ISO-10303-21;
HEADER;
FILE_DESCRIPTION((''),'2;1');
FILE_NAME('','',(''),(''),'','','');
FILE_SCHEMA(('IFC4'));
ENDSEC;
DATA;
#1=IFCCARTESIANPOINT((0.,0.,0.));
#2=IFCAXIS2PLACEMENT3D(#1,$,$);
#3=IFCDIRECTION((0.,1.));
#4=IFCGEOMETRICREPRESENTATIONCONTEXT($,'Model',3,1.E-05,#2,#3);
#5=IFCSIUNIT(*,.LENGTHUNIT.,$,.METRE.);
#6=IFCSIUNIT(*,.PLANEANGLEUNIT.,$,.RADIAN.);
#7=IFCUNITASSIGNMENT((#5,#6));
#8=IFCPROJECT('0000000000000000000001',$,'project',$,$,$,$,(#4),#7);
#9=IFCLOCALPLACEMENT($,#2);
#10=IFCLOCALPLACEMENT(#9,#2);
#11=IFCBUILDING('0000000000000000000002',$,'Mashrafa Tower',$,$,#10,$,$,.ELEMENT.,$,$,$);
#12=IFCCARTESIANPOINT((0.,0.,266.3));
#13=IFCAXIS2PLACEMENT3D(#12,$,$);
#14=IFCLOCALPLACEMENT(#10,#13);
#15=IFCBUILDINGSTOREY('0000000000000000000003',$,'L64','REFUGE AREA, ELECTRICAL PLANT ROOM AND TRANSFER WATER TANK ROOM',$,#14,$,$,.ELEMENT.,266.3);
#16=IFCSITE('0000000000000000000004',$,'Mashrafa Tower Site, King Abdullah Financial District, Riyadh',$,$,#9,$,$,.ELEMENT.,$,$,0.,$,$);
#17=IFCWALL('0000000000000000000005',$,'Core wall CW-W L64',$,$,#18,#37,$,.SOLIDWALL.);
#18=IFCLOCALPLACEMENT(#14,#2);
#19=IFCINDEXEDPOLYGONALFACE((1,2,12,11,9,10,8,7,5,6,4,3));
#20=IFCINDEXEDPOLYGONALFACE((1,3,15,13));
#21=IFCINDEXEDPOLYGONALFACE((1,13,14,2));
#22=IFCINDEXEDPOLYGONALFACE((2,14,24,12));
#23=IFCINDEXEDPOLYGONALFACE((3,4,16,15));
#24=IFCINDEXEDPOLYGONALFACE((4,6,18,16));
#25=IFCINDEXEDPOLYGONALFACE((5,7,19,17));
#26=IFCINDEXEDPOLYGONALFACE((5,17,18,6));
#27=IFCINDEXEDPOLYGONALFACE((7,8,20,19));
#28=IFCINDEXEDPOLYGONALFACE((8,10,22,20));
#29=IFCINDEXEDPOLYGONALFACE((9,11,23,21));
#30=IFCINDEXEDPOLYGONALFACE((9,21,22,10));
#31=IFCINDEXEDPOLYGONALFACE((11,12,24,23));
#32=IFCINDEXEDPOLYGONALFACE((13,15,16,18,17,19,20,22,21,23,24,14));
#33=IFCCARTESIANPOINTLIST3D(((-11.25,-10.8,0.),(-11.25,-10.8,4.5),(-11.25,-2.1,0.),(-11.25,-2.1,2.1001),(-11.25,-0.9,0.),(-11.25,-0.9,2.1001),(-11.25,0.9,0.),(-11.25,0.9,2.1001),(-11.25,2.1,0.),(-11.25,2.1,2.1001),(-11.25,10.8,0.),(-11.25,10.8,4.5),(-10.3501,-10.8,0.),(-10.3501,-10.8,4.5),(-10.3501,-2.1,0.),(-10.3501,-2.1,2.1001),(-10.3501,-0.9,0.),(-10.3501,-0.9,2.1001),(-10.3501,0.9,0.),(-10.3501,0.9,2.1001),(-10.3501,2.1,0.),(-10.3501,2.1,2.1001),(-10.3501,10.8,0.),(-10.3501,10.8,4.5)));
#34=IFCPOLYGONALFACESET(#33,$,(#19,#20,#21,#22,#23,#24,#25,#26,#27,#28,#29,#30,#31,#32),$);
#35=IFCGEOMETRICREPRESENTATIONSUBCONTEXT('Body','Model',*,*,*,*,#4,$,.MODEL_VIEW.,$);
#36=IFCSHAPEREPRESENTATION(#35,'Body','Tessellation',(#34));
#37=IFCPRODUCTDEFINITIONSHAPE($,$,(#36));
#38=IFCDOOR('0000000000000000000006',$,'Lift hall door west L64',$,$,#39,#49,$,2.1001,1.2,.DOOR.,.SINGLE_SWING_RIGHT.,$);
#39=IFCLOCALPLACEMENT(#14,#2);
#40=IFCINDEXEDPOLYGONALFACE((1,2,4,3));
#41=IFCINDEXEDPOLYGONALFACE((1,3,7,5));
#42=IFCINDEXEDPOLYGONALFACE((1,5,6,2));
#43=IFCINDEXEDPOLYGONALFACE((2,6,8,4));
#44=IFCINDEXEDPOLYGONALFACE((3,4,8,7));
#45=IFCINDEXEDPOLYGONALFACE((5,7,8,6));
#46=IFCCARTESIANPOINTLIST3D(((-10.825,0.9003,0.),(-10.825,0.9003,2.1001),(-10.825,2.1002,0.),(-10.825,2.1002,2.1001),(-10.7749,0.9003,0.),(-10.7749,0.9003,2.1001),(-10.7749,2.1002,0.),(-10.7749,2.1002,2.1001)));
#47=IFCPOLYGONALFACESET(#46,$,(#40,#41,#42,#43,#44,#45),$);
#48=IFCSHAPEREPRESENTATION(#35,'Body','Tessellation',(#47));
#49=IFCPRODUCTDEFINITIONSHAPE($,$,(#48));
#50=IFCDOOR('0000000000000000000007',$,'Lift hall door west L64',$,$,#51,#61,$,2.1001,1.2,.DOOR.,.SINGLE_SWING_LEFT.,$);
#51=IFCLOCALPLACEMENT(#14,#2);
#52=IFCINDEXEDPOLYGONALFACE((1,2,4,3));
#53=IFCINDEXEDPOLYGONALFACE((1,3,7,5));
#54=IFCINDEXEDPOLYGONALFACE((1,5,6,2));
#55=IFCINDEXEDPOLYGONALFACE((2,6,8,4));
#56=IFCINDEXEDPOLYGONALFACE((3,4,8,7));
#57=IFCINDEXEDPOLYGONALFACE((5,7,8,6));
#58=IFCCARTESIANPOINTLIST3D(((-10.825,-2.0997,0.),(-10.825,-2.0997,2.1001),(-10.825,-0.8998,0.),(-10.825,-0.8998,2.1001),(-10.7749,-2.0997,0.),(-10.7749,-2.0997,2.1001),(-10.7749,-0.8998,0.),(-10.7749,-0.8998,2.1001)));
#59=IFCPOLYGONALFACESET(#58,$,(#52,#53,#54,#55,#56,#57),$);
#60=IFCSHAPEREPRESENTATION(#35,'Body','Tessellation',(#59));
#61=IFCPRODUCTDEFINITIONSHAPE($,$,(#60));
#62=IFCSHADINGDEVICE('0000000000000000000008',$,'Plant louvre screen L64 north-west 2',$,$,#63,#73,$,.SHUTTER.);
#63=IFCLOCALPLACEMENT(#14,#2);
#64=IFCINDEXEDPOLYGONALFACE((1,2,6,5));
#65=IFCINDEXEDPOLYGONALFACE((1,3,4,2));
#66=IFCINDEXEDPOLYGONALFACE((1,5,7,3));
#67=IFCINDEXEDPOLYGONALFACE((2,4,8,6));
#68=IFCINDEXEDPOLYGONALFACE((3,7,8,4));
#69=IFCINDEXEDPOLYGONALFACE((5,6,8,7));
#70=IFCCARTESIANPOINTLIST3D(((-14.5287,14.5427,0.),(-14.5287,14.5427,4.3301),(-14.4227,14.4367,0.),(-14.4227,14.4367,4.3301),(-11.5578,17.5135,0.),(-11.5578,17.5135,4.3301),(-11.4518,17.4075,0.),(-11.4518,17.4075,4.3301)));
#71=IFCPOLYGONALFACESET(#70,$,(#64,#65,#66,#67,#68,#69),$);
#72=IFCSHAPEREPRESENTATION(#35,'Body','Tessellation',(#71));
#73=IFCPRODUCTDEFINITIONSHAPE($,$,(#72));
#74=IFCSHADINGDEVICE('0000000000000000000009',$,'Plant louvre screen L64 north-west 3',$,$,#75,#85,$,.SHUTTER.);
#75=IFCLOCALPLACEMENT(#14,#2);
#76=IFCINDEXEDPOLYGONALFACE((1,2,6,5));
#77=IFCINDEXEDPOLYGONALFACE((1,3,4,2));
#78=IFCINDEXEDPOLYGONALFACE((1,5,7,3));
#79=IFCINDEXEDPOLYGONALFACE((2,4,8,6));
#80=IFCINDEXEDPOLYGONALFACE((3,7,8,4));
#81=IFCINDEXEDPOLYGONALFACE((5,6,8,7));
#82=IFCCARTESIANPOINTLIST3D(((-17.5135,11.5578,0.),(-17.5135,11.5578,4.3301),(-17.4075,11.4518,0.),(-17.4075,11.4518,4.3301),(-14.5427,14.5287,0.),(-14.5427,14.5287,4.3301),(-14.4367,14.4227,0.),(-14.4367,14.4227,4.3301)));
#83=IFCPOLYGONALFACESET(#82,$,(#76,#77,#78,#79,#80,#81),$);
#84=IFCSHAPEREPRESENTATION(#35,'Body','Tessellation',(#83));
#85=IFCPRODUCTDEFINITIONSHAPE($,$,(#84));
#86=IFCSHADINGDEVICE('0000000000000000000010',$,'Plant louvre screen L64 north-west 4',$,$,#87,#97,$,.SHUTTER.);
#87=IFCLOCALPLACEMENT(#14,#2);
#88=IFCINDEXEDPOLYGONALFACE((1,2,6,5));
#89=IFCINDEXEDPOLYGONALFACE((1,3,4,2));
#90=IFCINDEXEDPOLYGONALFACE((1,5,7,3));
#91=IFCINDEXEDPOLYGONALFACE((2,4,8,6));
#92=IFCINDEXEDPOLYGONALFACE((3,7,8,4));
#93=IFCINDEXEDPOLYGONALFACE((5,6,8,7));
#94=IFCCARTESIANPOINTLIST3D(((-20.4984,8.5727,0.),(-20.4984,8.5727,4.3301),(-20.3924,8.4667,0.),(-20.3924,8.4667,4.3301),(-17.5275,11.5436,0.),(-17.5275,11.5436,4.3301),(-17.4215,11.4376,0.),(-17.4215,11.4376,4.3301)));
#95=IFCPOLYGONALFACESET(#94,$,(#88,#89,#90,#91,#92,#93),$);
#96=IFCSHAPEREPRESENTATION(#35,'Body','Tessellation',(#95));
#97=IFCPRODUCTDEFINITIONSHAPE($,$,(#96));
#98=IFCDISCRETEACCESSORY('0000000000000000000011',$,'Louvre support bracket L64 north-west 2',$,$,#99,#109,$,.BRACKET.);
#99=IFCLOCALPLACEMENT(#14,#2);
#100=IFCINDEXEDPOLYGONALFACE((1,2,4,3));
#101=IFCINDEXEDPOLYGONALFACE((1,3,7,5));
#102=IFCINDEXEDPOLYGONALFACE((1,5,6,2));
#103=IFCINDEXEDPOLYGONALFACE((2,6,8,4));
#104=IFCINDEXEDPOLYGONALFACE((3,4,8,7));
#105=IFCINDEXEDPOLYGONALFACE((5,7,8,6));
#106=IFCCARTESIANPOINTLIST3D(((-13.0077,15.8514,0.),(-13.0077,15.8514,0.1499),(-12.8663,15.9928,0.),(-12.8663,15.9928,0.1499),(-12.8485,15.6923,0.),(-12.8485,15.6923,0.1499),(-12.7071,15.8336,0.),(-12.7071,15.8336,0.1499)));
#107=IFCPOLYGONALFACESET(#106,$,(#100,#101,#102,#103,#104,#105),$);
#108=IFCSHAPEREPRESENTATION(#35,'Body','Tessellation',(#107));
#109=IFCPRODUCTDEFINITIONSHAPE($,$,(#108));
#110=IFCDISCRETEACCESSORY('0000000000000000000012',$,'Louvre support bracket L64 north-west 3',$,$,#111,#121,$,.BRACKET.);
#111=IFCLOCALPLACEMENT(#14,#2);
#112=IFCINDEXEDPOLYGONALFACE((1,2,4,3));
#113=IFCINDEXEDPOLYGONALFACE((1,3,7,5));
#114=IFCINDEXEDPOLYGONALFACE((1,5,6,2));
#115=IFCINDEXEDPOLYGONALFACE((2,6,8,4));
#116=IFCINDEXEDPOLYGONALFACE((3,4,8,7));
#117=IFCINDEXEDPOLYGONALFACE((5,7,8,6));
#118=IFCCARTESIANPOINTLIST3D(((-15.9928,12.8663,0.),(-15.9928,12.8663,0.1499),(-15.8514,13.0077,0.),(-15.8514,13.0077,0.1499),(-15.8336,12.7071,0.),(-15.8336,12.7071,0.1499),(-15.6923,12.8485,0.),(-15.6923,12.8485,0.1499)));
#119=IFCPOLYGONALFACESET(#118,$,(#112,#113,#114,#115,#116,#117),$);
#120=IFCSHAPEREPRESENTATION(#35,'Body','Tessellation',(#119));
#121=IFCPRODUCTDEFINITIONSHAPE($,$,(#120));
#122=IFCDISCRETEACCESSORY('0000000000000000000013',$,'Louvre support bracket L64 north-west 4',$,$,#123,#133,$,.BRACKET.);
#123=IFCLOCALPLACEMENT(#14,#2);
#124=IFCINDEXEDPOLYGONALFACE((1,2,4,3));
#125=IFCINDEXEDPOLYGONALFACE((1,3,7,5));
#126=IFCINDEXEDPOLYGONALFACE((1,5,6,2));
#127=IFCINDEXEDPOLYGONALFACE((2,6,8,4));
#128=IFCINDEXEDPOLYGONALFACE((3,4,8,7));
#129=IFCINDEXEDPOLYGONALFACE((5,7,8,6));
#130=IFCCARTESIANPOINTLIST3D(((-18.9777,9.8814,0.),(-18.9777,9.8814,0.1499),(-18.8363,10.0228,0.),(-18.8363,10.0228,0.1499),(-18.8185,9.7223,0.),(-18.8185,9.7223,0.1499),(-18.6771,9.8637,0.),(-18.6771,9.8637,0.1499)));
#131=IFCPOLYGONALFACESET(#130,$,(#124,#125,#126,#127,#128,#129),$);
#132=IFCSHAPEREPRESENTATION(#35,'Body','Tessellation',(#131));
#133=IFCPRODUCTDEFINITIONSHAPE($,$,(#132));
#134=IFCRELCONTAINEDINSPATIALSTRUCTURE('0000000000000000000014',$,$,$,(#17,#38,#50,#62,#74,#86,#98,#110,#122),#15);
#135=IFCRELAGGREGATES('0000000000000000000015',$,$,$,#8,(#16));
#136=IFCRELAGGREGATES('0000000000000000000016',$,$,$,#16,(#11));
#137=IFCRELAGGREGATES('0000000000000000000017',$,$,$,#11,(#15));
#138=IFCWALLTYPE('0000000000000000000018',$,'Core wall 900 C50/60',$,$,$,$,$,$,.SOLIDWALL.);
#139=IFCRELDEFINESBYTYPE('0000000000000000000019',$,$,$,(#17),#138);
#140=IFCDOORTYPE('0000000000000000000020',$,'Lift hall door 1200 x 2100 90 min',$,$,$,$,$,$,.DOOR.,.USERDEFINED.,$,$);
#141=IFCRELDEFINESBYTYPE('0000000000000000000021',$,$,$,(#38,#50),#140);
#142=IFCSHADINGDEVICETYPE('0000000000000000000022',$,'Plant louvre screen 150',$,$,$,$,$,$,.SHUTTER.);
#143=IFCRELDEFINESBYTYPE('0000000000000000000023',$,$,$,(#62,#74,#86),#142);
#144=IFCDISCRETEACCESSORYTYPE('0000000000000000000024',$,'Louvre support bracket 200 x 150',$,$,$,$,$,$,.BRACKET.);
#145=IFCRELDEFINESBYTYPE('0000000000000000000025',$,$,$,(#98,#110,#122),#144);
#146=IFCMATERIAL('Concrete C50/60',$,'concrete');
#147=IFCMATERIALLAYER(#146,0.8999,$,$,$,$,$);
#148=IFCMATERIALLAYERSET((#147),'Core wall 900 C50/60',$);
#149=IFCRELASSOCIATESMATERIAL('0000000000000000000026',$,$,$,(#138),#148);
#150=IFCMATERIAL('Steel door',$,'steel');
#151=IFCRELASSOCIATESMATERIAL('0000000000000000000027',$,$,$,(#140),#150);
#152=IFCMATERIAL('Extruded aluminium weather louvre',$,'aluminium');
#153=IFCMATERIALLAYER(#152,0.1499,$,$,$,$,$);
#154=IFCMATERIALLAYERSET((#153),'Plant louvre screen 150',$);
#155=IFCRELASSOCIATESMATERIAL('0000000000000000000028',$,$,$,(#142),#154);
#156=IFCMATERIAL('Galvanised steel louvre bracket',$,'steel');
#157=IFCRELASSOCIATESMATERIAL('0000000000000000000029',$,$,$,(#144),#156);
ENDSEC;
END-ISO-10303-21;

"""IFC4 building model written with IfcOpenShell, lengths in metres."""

from ifc_helpers import new_model, si_unit, direction, frame, frame_2d, origin, origin_2d, place, context, subcontext, project, spatial, rectangle, extrude, source, transform, mapped, material, layer, layer_set, type_object, type_shapes, element, fill, save


model = new_model("IFC4")

# Units and contexts
model_context = context("Model", 3, precision=1e-05, world=origin(), true_north=direction((0.0, 1.0)))
body_context = subcontext(model_context, "Body", "Model", "MODEL_VIEW")
ifc_project = project(units=[si_unit("LENGTHUNIT", "METRE"), si_unit("PLANEANGLEUNIT", "RADIAN")], contexts=[model_context])

# Site, building, storey
site_placement = place(None, origin())
site = spatial("IfcSite", under=ifc_project, at=site_placement, Name="Mashrafa Tower Site, King Abdullah Financial District, Riyadh", CompositionType="ELEMENT", RefElevation=0.0)
building_placement = place(site_placement, origin())
building = spatial("IfcBuilding", under=site, at=building_placement, Name="Mashrafa Tower", CompositionType="ELEMENT")
storey_placement = place(building_placement, frame((0.0, 0.0, 266.3)))
storey = spatial("IfcBuildingStorey", under=building, at=storey_placement, Name="L64", Description="REFUGE AREA, ELECTRICAL PLANT ROOM AND TRANSFER WATER TANK ROOM", CompositionType="ELEMENT", Elevation=266.3)

# Wall, openings, doors
ifc_material_1 = material(Name="Concrete C50/60", Category="concrete")
ifc_layer_1 = layer(ifc_material_1, 0.8999)
ifc_layer_set_1 = layer_set([ifc_layer_1], Name="Core wall 900 C50/60")
wall_type_1 = type_object("IfcWallType", Name="Core wall 900 C50/60", PredefinedType="SOLIDWALL", material=ifc_layer_set_1)
wall_1_placement = place(storey_placement, frame((-10.8, 10.8, 0.0), z_axis=(0.0, 0.0, 1.0), x_axis=(0.0, -1.0, 0.0)))
wall_1 = element("IfcWall", 1, at=wall_1_placement, inside=storey, type_object=wall_type_1, Name="Core wall CW-W L64", PredefinedType="SOLIDWALL", context=body_context, shape_type="SweptSolid", body=[
    extrude(rectangle(XDim=21.6001, YDim=0.8999, at=frame_2d((10.8, 0.0))), origin(), (0.0, 0.0, 1.0), 4.5),
])
opening_1_placement = place(wall_1_placement, frame((8.7, 0.0, 0.0)))
opening_1 = element("IfcOpeningElement", 2, at=opening_1_placement, cuts=wall_1, PredefinedType="OPENING", context=body_context, shape_type="SweptSolid", body=[
    extrude(rectangle(XDim=1.2, YDim=2.1001, at=frame_2d((0.6001, 1.05))), frame((0.0, 0.46, 0.0), z_axis=(0.0, -1.0, 0.0), x_axis=(1.0, 0.0, 0.0)), (0.0, 0.0, 1.0), 0.9199),
])
opening_2_placement = place(wall_1_placement, frame((11.7, 0.0, 0.0)))
opening_2 = element("IfcOpeningElement", 3, at=opening_2_placement, cuts=wall_1, PredefinedType="OPENING", context=body_context, shape_type="SweptSolid", body=[
    extrude(rectangle(XDim=1.2, YDim=2.1001, at=frame_2d((0.6001, 1.05))), frame((0.0, 0.46, 0.0), z_axis=(0.0, -1.0, 0.0), x_axis=(1.0, 0.0, 0.0)), (0.0, 0.0, 1.0), 0.9199),
])
ifc_material_2 = material(Name="Steel door", Category="steel")
door_type_1 = type_object("IfcDoorType", Name="Lift hall door 1200 x 2100 90 min", OperationType="USERDEFINED", PredefinedType="DOOR", material=ifc_material_2)
door_1_placement = place(opening_1_placement, frame((1.2, 0.0, 0.0), z_axis=(0.0, 0.0, 1.0), x_axis=(-1.0, 0.0, 0.0)))
door_1 = element("IfcDoor", 4, at=door_1_placement, inside=storey, type_object=door_type_1, Name="Lift hall door west L64", OperationType="SINGLE_SWING_RIGHT", OverallHeight=2.1001, OverallWidth=1.2, PredefinedType="DOOR", context=body_context, shape_type="SweptSolid", body=[
    extrude(rectangle(XDim=1.2, YDim=2.1001, at=frame_2d((0.6001, 1.05))), frame((0.0, 0.0249, 0.0), z_axis=(0.0, -1.0, 0.0), x_axis=(1.0, 0.0, 0.0)), (0.0, 0.0, 1.0), 0.05),
])
fill(opening_1, door_1)
door_2_placement = place(opening_2_placement, frame((1.2, 0.0, 0.0), z_axis=(0.0, 0.0, 1.0), x_axis=(-1.0, 0.0, 0.0)))
door_2 = element("IfcDoor", 5, at=door_2_placement, inside=storey, type_object=door_type_1, Name="Lift hall door west L64", OperationType="SINGLE_SWING_LEFT", OverallHeight=2.1001, OverallWidth=1.2, PredefinedType="DOOR", context=body_context, shape_type="SweptSolid", body=[
    extrude(rectangle(XDim=1.2, YDim=2.1001, at=frame_2d((0.6001, 1.05))), frame((0.0, 0.0249, 0.0), z_axis=(0.0, -1.0, 0.0), x_axis=(1.0, 0.0, 0.0)), (0.0, 0.0, 1.0), 0.05),
])
fill(opening_2, door_2)

# Shading devices
ifc_material_3 = material(Name="Extruded aluminium weather louvre", Category="aluminium")
ifc_layer_2 = layer(ifc_material_3, 0.1499)
ifc_layer_set_2 = layer_set([ifc_layer_2], Name="Plant louvre screen 150")
shading_device_type = type_object("IfcShadingDeviceType", Name="Plant louvre screen 150", PredefinedType="SHUTTER", material=ifc_layer_set_2)
shared_shape_1 = source(origin(), body_context, "Body", "SweptSolid", [
    extrude(rectangle(XDim=4.2014, YDim=0.1499, at=origin_2d()), origin(), (0.0, 0.0, 1.0), 4.3301),
])
type_shapes(shading_device_type, [shared_shape_1])
for number, where, z_axis, x_axis, name in (
    (6, (-12.9902, 15.9751, 0.0), (0.0, 0.0, 1.0), (-0.707107, -0.707107, 0.0), "Plant louvre screen L64 north-west 2"),
    (7, (-15.9751, 12.9902, 0.0), (0.0, 0.0, 1.0), (-0.707107, -0.707107, 0.0), "Plant louvre screen L64 north-west 3"),
    (8, (-18.96, 10.0051, 0.0), (0.0, 0.0, 1.0), (-0.707107, -0.707107, 0.0), "Plant louvre screen L64 north-west 4"),
):
    element("IfcShadingDevice", number, at=place(storey_placement, frame(where, z_axis=z_axis, x_axis=x_axis)), inside=storey, type_object=shading_device_type, Name=name, PredefinedType="SHUTTER", context=body_context, shape_type="MappedRepresentation", body=[
        mapped(shared_shape_1, transform((0.0, 0.0, 0.0))),
    ])

# Discrete accessories
ifc_material_4 = material(Name="Galvanised steel louvre bracket", Category="steel")
discrete_accessory_type = type_object("IfcDiscreteAccessoryType", Name="Louvre support bracket 200 x 150", PredefinedType="BRACKET", material=ifc_material_4)
shared_shape_2 = source(origin(), body_context, "Body", "SweptSolid", [
    extrude(rectangle(XDim=0.2, YDim=0.2251, at=origin_2d()), origin(), (0.0, 0.0, 1.0), 0.1499),
])
type_shapes(discrete_accessory_type, [shared_shape_2])
for number, where, z_axis, x_axis, name in (
    (9, (-12.8574, 15.8425, 0.0), (0.0, 0.0, 1.0), (-0.707107, -0.707107, 0.0), "Louvre support bracket L64 north-west 2"),
    (10, (-15.8425, 12.8574, 0.0), (0.0, 0.0, 1.0), (-0.707107, -0.707107, 0.0), "Louvre support bracket L64 north-west 3"),
    (11, (-18.8274, 9.8726, 0.0), (0.0, 0.0, 1.0), (-0.707107, -0.707107, 0.0), "Louvre support bracket L64 north-west 4"),
):
    element("IfcDiscreteAccessory", number, at=place(storey_placement, frame(where, z_axis=z_axis, x_axis=x_axis)), inside=storey, type_object=discrete_accessory_type, Name=name, PredefinedType="BRACKET", context=body_context, shape_type="MappedRepresentation", body=[
        mapped(shared_shape_2, transform((0.0, 0.0, 0.0))),
    ])

save(model, "model.ifc")
